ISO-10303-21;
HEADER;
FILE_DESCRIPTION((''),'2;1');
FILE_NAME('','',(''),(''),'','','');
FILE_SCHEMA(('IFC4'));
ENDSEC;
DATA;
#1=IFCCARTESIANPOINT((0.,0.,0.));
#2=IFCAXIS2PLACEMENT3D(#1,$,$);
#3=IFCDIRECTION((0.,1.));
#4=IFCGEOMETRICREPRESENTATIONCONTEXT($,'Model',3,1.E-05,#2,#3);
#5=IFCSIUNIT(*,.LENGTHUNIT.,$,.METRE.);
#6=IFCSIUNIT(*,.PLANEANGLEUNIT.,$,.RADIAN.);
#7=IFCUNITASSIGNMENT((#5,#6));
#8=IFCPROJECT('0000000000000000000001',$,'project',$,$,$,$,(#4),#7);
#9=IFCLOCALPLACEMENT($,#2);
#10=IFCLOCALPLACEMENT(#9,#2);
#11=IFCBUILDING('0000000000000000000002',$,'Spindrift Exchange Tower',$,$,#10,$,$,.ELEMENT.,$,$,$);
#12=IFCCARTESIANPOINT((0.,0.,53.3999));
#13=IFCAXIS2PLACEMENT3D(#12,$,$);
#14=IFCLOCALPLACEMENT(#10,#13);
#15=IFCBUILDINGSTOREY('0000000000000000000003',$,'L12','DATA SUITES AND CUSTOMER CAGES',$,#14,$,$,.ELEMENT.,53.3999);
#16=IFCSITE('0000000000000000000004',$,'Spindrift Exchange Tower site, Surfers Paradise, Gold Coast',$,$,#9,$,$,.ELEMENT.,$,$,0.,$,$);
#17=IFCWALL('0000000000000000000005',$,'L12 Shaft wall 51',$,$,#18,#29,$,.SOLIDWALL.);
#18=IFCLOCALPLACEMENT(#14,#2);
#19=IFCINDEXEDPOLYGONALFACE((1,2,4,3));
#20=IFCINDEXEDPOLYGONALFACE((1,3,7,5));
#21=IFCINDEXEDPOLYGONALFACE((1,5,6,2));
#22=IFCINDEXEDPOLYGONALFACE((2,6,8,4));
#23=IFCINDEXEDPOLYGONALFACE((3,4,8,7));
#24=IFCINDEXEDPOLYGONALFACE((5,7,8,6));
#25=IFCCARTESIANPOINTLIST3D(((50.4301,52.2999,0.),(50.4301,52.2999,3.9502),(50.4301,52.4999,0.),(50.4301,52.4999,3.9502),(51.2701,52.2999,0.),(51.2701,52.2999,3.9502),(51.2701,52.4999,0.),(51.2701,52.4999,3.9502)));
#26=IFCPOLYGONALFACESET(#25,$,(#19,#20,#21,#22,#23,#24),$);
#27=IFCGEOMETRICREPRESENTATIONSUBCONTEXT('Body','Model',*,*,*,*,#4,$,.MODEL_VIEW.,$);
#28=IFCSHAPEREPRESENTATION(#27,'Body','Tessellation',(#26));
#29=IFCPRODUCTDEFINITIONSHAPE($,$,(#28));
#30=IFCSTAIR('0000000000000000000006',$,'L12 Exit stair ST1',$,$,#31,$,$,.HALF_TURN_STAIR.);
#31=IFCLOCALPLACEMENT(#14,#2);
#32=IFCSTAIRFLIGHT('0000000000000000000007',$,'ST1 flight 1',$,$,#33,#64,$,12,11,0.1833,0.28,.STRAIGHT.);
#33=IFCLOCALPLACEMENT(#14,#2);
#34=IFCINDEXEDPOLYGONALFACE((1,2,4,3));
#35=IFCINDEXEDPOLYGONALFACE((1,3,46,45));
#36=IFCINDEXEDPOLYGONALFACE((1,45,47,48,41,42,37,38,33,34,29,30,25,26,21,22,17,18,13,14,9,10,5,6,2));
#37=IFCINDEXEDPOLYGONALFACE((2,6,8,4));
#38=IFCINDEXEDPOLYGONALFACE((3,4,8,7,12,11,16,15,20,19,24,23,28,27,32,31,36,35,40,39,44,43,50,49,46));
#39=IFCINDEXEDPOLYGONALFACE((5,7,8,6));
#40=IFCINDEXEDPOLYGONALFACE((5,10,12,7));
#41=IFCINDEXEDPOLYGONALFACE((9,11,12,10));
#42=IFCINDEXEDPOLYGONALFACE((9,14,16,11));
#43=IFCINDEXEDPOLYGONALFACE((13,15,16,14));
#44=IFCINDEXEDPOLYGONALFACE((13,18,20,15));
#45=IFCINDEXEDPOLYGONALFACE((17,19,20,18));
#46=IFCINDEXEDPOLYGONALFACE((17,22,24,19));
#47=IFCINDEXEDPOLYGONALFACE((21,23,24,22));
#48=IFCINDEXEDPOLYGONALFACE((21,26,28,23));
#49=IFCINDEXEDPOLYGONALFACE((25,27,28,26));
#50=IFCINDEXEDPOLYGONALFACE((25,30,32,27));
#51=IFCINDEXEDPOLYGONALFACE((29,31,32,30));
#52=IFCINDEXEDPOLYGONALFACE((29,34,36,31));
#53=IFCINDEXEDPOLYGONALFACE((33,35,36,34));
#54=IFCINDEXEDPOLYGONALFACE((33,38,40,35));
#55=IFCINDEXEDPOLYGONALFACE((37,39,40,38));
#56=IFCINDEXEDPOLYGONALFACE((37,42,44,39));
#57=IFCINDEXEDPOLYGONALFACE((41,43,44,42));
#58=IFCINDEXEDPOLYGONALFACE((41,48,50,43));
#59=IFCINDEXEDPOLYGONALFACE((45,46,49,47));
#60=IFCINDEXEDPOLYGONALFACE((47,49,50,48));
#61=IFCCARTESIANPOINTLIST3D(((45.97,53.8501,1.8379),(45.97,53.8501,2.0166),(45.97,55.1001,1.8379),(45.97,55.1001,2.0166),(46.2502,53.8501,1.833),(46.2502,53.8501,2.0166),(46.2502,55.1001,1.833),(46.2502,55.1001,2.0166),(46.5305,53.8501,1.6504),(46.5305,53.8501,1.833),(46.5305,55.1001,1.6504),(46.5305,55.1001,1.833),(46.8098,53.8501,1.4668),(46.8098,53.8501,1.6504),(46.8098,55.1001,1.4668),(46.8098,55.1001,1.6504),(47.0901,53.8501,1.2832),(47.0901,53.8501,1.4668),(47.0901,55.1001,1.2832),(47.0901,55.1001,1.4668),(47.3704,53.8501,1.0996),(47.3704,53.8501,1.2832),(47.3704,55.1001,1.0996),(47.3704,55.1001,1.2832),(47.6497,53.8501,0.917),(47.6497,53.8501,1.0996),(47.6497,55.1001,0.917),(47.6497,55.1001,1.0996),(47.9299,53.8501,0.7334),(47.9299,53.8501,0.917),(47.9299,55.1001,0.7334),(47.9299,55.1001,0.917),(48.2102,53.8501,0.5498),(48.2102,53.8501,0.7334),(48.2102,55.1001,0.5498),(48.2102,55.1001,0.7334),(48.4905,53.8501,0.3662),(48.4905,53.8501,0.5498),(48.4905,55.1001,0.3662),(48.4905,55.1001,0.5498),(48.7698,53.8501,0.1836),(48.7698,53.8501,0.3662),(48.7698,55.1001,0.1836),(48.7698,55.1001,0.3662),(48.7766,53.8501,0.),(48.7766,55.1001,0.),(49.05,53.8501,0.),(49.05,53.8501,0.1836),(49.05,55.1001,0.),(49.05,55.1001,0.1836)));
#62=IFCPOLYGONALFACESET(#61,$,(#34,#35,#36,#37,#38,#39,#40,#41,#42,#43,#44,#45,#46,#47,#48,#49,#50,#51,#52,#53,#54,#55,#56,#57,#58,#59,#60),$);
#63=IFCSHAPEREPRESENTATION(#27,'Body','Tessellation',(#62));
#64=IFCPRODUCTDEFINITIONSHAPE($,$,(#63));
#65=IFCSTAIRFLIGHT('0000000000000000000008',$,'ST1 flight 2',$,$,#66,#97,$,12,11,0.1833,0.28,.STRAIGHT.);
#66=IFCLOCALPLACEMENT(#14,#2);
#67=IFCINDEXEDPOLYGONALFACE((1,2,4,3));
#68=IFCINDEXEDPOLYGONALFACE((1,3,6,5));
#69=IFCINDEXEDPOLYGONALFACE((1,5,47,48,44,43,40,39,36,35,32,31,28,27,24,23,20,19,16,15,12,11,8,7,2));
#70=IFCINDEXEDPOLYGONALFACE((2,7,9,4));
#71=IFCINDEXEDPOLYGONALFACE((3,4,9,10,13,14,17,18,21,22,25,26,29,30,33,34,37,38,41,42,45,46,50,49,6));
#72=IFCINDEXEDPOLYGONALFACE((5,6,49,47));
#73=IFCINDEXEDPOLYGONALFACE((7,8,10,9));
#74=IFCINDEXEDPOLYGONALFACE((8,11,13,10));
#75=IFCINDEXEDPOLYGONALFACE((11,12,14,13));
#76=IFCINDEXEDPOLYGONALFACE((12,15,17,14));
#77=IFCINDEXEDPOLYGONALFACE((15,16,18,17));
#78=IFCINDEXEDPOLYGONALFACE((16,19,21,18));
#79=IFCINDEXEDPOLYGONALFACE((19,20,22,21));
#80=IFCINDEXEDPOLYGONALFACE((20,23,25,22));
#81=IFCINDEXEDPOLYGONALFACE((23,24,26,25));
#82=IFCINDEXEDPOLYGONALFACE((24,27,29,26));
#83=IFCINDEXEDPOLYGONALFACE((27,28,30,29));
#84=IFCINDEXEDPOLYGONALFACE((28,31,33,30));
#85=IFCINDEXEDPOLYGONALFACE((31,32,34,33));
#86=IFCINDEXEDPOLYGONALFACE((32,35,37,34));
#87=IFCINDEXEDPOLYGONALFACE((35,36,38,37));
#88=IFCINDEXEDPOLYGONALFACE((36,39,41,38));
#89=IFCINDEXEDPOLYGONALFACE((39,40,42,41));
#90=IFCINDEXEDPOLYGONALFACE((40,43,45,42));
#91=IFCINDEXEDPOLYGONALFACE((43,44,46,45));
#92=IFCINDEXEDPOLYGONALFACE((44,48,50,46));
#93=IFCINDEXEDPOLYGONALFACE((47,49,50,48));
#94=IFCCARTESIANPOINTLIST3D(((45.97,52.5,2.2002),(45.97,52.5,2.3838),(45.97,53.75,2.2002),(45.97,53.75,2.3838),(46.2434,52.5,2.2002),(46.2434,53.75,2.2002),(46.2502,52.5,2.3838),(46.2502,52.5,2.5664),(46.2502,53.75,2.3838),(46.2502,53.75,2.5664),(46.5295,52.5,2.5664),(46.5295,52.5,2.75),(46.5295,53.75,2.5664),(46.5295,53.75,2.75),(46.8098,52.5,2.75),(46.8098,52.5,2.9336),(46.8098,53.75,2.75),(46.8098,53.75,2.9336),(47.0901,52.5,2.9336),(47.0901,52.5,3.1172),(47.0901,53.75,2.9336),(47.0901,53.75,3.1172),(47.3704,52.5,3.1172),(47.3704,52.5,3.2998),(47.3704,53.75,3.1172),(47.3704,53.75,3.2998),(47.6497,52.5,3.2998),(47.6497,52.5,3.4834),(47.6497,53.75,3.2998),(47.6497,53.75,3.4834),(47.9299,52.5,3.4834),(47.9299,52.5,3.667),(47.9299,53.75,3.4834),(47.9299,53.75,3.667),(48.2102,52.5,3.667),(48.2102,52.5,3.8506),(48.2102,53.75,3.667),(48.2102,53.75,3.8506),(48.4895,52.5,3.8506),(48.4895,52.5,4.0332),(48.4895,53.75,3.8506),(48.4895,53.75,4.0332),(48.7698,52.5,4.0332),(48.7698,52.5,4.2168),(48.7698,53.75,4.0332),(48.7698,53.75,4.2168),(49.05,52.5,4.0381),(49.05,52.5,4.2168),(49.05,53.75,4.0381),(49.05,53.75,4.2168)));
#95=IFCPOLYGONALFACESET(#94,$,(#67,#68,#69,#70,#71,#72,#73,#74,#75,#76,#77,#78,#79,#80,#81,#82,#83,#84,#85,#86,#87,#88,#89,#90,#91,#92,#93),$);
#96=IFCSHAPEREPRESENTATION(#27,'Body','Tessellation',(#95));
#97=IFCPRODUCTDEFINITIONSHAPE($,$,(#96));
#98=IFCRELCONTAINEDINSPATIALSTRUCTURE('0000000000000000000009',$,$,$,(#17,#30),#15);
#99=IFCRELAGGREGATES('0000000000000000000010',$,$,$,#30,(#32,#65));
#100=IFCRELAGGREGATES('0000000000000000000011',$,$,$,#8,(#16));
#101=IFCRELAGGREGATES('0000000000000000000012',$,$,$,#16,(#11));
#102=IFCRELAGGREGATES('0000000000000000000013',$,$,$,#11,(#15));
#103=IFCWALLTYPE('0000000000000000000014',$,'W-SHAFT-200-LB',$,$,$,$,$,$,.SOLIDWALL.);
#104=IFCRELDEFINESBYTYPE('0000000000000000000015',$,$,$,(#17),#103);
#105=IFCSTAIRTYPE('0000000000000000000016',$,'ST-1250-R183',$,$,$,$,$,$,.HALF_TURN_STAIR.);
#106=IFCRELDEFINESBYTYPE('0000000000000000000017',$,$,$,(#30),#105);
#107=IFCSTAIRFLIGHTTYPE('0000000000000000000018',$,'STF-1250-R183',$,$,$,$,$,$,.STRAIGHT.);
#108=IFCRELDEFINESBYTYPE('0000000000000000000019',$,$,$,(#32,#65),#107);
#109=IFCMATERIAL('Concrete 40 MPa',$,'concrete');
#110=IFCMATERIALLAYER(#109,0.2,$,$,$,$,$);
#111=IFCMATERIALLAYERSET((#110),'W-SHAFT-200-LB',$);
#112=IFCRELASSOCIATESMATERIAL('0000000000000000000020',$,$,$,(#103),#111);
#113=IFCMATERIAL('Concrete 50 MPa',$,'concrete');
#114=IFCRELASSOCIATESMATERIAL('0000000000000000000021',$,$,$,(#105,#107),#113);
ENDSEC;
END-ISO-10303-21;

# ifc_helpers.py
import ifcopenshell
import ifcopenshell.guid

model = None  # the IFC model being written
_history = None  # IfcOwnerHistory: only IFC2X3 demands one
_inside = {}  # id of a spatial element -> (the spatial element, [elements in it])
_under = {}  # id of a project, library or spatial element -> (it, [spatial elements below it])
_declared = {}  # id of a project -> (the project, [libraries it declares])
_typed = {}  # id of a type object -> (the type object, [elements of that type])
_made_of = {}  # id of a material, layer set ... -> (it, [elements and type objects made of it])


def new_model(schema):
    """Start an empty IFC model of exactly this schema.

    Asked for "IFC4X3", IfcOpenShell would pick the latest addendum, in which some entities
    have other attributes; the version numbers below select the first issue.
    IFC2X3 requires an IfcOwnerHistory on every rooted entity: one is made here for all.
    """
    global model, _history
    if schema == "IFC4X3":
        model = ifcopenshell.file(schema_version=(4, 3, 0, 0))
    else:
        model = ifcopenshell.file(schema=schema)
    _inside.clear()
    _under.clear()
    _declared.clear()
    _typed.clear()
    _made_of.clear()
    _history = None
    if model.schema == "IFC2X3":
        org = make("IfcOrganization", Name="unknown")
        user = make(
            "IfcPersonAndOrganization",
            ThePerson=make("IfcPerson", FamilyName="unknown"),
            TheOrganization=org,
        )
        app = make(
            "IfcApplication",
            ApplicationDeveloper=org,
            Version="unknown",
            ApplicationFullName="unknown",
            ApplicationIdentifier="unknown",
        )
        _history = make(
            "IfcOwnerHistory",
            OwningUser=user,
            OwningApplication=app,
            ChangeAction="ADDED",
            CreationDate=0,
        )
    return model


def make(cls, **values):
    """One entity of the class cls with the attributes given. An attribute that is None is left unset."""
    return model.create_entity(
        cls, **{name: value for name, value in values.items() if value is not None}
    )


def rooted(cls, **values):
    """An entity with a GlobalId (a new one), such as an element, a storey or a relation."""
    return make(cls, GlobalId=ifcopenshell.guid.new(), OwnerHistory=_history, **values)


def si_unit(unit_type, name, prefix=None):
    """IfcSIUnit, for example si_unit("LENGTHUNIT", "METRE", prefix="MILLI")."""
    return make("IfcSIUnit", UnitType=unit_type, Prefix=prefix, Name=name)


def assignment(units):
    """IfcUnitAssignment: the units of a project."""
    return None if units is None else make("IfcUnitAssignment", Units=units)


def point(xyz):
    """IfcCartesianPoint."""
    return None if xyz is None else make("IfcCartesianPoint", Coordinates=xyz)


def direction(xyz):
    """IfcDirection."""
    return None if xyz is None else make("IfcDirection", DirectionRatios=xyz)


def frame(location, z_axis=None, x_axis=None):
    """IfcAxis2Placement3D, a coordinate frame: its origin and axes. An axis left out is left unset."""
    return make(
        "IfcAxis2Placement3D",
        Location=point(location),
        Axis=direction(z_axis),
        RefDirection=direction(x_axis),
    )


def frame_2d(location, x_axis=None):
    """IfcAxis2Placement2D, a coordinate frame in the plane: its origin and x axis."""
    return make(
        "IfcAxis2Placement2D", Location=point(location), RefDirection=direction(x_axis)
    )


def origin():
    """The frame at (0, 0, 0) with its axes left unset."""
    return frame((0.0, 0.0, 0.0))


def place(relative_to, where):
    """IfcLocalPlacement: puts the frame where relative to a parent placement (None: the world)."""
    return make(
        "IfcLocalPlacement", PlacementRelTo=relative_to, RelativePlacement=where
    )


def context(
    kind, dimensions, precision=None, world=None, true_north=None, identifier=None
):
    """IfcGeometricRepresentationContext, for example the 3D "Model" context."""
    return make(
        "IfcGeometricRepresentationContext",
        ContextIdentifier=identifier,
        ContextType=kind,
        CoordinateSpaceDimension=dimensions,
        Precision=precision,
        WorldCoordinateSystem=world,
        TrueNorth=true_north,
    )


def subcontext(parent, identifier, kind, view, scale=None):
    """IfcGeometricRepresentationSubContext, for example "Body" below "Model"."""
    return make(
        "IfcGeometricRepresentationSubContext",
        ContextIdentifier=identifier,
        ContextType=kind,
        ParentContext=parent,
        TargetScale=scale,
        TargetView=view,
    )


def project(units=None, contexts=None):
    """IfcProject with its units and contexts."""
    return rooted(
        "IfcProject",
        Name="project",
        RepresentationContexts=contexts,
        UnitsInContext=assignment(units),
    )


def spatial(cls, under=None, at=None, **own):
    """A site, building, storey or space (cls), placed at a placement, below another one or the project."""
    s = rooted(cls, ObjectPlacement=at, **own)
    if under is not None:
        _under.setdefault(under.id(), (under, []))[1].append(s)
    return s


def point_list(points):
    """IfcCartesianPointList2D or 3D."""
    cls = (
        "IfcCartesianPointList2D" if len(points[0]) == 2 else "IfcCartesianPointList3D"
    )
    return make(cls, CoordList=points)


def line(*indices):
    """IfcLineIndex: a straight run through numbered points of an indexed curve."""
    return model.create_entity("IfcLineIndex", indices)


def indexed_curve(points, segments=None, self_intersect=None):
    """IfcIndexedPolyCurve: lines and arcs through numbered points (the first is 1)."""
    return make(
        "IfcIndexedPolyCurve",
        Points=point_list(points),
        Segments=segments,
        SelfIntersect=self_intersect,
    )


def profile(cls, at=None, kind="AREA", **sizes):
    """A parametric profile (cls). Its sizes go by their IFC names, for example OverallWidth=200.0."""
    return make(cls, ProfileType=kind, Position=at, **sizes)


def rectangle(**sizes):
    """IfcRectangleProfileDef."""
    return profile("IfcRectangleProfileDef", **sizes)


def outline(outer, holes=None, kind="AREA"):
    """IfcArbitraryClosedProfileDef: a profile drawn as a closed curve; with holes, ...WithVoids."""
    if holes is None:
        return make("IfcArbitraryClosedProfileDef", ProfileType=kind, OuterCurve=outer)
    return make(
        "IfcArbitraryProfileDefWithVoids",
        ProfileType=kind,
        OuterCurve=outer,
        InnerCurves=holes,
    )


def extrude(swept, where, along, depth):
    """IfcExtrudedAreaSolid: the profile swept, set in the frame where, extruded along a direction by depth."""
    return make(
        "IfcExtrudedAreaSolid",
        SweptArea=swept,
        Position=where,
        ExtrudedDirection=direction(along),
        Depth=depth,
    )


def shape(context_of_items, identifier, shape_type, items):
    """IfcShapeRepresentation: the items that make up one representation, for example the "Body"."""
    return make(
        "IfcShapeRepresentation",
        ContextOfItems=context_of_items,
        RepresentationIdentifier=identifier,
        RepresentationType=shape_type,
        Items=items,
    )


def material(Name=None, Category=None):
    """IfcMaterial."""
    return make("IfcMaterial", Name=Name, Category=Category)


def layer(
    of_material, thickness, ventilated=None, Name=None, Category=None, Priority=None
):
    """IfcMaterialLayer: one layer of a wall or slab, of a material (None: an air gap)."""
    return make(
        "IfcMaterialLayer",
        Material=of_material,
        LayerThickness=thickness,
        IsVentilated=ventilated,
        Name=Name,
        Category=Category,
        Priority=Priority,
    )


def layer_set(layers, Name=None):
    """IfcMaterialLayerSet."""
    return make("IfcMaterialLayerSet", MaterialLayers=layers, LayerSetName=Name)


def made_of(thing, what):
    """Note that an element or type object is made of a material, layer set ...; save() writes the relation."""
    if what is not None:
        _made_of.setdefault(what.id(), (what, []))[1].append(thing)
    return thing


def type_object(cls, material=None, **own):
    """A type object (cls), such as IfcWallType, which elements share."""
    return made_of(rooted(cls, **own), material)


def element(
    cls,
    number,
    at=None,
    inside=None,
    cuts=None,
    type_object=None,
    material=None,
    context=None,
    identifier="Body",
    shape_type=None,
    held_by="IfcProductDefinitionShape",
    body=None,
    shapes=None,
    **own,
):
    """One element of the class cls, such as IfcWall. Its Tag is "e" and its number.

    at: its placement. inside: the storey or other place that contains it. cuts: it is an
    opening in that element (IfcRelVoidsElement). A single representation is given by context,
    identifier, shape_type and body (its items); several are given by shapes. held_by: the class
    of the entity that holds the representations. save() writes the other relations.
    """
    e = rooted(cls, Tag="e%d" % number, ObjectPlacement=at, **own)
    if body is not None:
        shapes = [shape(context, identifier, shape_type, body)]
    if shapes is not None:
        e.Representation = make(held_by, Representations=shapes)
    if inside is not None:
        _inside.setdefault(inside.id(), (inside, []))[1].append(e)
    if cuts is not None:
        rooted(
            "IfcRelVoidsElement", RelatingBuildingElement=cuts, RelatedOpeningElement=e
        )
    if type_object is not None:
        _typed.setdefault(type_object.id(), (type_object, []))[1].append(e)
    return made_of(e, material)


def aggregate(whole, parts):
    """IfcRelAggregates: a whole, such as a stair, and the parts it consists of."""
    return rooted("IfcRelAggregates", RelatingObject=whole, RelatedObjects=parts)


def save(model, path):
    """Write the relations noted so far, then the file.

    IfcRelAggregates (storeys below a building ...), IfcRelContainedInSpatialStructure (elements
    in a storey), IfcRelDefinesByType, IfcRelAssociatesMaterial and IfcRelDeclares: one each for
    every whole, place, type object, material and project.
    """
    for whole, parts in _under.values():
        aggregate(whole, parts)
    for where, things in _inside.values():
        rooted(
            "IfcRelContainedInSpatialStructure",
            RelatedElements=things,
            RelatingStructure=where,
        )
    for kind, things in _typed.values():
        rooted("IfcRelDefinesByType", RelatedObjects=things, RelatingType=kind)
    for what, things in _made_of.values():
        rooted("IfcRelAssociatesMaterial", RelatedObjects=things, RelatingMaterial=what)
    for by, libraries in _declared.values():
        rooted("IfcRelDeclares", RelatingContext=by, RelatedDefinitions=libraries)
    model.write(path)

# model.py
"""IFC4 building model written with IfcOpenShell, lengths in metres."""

from ifc_helpers import new_model, si_unit, direction, frame, frame_2d, origin, place, context, subcontext, project, spatial, line, indexed_curve, rectangle, outline, extrude, material, layer, layer_set, type_object, element, aggregate, save


model = new_model("IFC4")

# Units and contexts
model_context = context("Model", 3, precision=1e-05, world=origin(), true_north=direction((0.0, 1.0)))
body_context = subcontext(model_context, "Body", "Model", "MODEL_VIEW")
ifc_project = project(units=[si_unit("LENGTHUNIT", "METRE"), si_unit("PLANEANGLEUNIT", "RADIAN")], contexts=[model_context])

# Site, building, storey
site_placement = place(None, origin())
site = spatial("IfcSite", under=ifc_project, at=site_placement, Name="Spindrift Exchange Tower site, Surfers Paradise, Gold Coast", CompositionType="ELEMENT", RefElevation=0.0)
building_placement = place(site_placement, origin())
building = spatial("IfcBuilding", under=site, at=building_placement, Name="Spindrift Exchange Tower", CompositionType="ELEMENT")
storey_placement = place(building_placement, frame((0.0, 0.0, 53.3999)))
storey = spatial("IfcBuildingStorey", under=building, at=storey_placement, Name="L12", Description="DATA SUITES AND CUSTOMER CAGES", CompositionType="ELEMENT", Elevation=53.3999)

# Shared definitions
ifc_material_1 = material(Name="Concrete 40 MPa", Category="concrete")
ifc_layer = layer(ifc_material_1, 0.2)
ifc_layer_set = layer_set([ifc_layer], Name="W-SHAFT-200-LB")
wall_type = type_object("IfcWallType", Name="W-SHAFT-200-LB", PredefinedType="SOLIDWALL", material=ifc_layer_set)

# Wall
wall_1_placement = place(storey_placement, frame((51.27, 52.3999, 0.0), z_axis=(0.0, 0.0, 1.0), x_axis=(-1.0, 0.0, 0.0)))
element("IfcWall", 1, at=wall_1_placement, inside=storey, type_object=wall_type, Name="L12 Shaft wall 51", PredefinedType="SOLIDWALL", context=body_context, shape_type="SweptSolid", body=[
    extrude(rectangle(XDim=0.8401, YDim=0.2, at=frame_2d((0.4199, 0.0))), origin(), (0.0, 0.0, 1.0), 3.9502),
])

# Stair, stair flights
ifc_material_2 = material(Name="Concrete 50 MPa", Category="concrete")
stair_type = type_object("IfcStairType", Name="ST-1250-R183", PredefinedType="HALF_TURN_STAIR", material=ifc_material_2)
stair_placement = place(storey_placement, origin())
stair = element("IfcStair", 2, at=stair_placement, inside=storey, type_object=stair_type, Name="L12 Exit stair ST1", PredefinedType="HALF_TURN_STAIR")
stair_flight_type = type_object("IfcStairFlightType", Name="STF-1250-R183", PredefinedType="STRAIGHT", material=ifc_material_2)
stair_flight_1_placement = place(storey_placement, frame((49.05, 54.4751, 0.0), z_axis=(0.0, 0.0, 1.0), x_axis=(-1.0, 0.0, 0.0)))
stair_flight_1 = element("IfcStairFlight", 3, at=stair_flight_1_placement, type_object=stair_flight_type, Name="ST1 flight 1", NumberOfRisers=12, NumberOfTreads=11, PredefinedType="STRAIGHT", RiserHeight=0.1833, TreadLength=0.28, context=body_context, shape_type="SweptSolid", body=[
    extrude(outline(indexed_curve([(0.0, 0.0), (0.0, 0.1836), (0.2803, 0.1836), (0.2803, 0.3662), (0.5596, 0.3662), (0.5596, 0.5498), (0.8398, 0.5498), (0.8398, 0.7334), (1.1201, 0.7334), (1.1201, 0.917), (1.4004, 0.917), (1.4004, 1.0996), (1.6797, 1.0996), (1.6797, 1.2832), (1.96, 1.2832), (1.96, 1.4668), (2.2402, 1.4668), (2.2402, 1.6504), (2.5195, 1.6504), (2.5195, 1.833), (2.7998, 1.833), (2.7998, 2.0166), (3.0801, 2.0166), (3.0801, 2.2002), (3.0801, 1.8379), (0.2734, 0.0)], segments=[line(1, 2, 3, 4, 5, 6, 7, 8, 9, 10, 11, 12, 13, 14, 15, 16, 17, 18, 19, 20, 21, 22, 23, 24, 25, 26, 1)], self_intersect=False)), frame((0.0, 0.625, 0.0), z_axis=(0.0, -1.0, 0.0), x_axis=(1.0, 0.0, 0.0)), (0.0, 0.0, 1.0), 1.25),
])
stair_flight_2_placement = place(storey_placement, frame((45.97, 53.125, 2.2002), z_axis=(0.0, 0.0, 1.0), x_axis=(1.0, 0.0, 0.0)))
stair_flight_2 = element("IfcStairFlight", 4, at=stair_flight_2_placement, type_object=stair_flight_type, Name="ST1 flight 2", NumberOfRisers=12, NumberOfTreads=11, PredefinedType="STRAIGHT", RiserHeight=0.1833, TreadLength=0.28, context=body_context, shape_type="SweptSolid", body=[
    extrude(outline(indexed_curve([(0.0, 0.0), (0.0, 0.1836), (0.2803, 0.1836), (0.2803, 0.3662), (0.5596, 0.3662), (0.5596, 0.5498), (0.8398, 0.5498), (0.8398, 0.7334), (1.1201, 0.7334), (1.1201, 0.917), (1.4004, 0.917), (1.4004, 1.0996), (1.6797, 1.0996), (1.6797, 1.2832), (1.96, 1.2832), (1.96, 1.4668), (2.2402, 1.4668), (2.2402, 1.6504), (2.5195, 1.6504), (2.5195, 1.833), (2.7998, 1.833), (2.7998, 2.0166), (3.0801, 2.0166), (3.0801, 2.2002), (3.0801, 1.8379), (0.2734, 0.0)], segments=[line(1, 2, 3, 4, 5, 6, 7, 8, 9, 10, 11, 12, 13, 14, 15, 16, 17, 18, 19, 20, 21, 22, 23, 24, 25, 26, 1)], self_intersect=False)), frame((0.0, 0.625, 0.0), z_axis=(0.0, -1.0, 0.0), x_axis=(1.0, 0.0, 0.0)), (0.0, 0.0, 1.0), 1.25),
])
aggregate(stair, [stair_flight_1, stair_flight_2])

save(model, "model.ifc")
